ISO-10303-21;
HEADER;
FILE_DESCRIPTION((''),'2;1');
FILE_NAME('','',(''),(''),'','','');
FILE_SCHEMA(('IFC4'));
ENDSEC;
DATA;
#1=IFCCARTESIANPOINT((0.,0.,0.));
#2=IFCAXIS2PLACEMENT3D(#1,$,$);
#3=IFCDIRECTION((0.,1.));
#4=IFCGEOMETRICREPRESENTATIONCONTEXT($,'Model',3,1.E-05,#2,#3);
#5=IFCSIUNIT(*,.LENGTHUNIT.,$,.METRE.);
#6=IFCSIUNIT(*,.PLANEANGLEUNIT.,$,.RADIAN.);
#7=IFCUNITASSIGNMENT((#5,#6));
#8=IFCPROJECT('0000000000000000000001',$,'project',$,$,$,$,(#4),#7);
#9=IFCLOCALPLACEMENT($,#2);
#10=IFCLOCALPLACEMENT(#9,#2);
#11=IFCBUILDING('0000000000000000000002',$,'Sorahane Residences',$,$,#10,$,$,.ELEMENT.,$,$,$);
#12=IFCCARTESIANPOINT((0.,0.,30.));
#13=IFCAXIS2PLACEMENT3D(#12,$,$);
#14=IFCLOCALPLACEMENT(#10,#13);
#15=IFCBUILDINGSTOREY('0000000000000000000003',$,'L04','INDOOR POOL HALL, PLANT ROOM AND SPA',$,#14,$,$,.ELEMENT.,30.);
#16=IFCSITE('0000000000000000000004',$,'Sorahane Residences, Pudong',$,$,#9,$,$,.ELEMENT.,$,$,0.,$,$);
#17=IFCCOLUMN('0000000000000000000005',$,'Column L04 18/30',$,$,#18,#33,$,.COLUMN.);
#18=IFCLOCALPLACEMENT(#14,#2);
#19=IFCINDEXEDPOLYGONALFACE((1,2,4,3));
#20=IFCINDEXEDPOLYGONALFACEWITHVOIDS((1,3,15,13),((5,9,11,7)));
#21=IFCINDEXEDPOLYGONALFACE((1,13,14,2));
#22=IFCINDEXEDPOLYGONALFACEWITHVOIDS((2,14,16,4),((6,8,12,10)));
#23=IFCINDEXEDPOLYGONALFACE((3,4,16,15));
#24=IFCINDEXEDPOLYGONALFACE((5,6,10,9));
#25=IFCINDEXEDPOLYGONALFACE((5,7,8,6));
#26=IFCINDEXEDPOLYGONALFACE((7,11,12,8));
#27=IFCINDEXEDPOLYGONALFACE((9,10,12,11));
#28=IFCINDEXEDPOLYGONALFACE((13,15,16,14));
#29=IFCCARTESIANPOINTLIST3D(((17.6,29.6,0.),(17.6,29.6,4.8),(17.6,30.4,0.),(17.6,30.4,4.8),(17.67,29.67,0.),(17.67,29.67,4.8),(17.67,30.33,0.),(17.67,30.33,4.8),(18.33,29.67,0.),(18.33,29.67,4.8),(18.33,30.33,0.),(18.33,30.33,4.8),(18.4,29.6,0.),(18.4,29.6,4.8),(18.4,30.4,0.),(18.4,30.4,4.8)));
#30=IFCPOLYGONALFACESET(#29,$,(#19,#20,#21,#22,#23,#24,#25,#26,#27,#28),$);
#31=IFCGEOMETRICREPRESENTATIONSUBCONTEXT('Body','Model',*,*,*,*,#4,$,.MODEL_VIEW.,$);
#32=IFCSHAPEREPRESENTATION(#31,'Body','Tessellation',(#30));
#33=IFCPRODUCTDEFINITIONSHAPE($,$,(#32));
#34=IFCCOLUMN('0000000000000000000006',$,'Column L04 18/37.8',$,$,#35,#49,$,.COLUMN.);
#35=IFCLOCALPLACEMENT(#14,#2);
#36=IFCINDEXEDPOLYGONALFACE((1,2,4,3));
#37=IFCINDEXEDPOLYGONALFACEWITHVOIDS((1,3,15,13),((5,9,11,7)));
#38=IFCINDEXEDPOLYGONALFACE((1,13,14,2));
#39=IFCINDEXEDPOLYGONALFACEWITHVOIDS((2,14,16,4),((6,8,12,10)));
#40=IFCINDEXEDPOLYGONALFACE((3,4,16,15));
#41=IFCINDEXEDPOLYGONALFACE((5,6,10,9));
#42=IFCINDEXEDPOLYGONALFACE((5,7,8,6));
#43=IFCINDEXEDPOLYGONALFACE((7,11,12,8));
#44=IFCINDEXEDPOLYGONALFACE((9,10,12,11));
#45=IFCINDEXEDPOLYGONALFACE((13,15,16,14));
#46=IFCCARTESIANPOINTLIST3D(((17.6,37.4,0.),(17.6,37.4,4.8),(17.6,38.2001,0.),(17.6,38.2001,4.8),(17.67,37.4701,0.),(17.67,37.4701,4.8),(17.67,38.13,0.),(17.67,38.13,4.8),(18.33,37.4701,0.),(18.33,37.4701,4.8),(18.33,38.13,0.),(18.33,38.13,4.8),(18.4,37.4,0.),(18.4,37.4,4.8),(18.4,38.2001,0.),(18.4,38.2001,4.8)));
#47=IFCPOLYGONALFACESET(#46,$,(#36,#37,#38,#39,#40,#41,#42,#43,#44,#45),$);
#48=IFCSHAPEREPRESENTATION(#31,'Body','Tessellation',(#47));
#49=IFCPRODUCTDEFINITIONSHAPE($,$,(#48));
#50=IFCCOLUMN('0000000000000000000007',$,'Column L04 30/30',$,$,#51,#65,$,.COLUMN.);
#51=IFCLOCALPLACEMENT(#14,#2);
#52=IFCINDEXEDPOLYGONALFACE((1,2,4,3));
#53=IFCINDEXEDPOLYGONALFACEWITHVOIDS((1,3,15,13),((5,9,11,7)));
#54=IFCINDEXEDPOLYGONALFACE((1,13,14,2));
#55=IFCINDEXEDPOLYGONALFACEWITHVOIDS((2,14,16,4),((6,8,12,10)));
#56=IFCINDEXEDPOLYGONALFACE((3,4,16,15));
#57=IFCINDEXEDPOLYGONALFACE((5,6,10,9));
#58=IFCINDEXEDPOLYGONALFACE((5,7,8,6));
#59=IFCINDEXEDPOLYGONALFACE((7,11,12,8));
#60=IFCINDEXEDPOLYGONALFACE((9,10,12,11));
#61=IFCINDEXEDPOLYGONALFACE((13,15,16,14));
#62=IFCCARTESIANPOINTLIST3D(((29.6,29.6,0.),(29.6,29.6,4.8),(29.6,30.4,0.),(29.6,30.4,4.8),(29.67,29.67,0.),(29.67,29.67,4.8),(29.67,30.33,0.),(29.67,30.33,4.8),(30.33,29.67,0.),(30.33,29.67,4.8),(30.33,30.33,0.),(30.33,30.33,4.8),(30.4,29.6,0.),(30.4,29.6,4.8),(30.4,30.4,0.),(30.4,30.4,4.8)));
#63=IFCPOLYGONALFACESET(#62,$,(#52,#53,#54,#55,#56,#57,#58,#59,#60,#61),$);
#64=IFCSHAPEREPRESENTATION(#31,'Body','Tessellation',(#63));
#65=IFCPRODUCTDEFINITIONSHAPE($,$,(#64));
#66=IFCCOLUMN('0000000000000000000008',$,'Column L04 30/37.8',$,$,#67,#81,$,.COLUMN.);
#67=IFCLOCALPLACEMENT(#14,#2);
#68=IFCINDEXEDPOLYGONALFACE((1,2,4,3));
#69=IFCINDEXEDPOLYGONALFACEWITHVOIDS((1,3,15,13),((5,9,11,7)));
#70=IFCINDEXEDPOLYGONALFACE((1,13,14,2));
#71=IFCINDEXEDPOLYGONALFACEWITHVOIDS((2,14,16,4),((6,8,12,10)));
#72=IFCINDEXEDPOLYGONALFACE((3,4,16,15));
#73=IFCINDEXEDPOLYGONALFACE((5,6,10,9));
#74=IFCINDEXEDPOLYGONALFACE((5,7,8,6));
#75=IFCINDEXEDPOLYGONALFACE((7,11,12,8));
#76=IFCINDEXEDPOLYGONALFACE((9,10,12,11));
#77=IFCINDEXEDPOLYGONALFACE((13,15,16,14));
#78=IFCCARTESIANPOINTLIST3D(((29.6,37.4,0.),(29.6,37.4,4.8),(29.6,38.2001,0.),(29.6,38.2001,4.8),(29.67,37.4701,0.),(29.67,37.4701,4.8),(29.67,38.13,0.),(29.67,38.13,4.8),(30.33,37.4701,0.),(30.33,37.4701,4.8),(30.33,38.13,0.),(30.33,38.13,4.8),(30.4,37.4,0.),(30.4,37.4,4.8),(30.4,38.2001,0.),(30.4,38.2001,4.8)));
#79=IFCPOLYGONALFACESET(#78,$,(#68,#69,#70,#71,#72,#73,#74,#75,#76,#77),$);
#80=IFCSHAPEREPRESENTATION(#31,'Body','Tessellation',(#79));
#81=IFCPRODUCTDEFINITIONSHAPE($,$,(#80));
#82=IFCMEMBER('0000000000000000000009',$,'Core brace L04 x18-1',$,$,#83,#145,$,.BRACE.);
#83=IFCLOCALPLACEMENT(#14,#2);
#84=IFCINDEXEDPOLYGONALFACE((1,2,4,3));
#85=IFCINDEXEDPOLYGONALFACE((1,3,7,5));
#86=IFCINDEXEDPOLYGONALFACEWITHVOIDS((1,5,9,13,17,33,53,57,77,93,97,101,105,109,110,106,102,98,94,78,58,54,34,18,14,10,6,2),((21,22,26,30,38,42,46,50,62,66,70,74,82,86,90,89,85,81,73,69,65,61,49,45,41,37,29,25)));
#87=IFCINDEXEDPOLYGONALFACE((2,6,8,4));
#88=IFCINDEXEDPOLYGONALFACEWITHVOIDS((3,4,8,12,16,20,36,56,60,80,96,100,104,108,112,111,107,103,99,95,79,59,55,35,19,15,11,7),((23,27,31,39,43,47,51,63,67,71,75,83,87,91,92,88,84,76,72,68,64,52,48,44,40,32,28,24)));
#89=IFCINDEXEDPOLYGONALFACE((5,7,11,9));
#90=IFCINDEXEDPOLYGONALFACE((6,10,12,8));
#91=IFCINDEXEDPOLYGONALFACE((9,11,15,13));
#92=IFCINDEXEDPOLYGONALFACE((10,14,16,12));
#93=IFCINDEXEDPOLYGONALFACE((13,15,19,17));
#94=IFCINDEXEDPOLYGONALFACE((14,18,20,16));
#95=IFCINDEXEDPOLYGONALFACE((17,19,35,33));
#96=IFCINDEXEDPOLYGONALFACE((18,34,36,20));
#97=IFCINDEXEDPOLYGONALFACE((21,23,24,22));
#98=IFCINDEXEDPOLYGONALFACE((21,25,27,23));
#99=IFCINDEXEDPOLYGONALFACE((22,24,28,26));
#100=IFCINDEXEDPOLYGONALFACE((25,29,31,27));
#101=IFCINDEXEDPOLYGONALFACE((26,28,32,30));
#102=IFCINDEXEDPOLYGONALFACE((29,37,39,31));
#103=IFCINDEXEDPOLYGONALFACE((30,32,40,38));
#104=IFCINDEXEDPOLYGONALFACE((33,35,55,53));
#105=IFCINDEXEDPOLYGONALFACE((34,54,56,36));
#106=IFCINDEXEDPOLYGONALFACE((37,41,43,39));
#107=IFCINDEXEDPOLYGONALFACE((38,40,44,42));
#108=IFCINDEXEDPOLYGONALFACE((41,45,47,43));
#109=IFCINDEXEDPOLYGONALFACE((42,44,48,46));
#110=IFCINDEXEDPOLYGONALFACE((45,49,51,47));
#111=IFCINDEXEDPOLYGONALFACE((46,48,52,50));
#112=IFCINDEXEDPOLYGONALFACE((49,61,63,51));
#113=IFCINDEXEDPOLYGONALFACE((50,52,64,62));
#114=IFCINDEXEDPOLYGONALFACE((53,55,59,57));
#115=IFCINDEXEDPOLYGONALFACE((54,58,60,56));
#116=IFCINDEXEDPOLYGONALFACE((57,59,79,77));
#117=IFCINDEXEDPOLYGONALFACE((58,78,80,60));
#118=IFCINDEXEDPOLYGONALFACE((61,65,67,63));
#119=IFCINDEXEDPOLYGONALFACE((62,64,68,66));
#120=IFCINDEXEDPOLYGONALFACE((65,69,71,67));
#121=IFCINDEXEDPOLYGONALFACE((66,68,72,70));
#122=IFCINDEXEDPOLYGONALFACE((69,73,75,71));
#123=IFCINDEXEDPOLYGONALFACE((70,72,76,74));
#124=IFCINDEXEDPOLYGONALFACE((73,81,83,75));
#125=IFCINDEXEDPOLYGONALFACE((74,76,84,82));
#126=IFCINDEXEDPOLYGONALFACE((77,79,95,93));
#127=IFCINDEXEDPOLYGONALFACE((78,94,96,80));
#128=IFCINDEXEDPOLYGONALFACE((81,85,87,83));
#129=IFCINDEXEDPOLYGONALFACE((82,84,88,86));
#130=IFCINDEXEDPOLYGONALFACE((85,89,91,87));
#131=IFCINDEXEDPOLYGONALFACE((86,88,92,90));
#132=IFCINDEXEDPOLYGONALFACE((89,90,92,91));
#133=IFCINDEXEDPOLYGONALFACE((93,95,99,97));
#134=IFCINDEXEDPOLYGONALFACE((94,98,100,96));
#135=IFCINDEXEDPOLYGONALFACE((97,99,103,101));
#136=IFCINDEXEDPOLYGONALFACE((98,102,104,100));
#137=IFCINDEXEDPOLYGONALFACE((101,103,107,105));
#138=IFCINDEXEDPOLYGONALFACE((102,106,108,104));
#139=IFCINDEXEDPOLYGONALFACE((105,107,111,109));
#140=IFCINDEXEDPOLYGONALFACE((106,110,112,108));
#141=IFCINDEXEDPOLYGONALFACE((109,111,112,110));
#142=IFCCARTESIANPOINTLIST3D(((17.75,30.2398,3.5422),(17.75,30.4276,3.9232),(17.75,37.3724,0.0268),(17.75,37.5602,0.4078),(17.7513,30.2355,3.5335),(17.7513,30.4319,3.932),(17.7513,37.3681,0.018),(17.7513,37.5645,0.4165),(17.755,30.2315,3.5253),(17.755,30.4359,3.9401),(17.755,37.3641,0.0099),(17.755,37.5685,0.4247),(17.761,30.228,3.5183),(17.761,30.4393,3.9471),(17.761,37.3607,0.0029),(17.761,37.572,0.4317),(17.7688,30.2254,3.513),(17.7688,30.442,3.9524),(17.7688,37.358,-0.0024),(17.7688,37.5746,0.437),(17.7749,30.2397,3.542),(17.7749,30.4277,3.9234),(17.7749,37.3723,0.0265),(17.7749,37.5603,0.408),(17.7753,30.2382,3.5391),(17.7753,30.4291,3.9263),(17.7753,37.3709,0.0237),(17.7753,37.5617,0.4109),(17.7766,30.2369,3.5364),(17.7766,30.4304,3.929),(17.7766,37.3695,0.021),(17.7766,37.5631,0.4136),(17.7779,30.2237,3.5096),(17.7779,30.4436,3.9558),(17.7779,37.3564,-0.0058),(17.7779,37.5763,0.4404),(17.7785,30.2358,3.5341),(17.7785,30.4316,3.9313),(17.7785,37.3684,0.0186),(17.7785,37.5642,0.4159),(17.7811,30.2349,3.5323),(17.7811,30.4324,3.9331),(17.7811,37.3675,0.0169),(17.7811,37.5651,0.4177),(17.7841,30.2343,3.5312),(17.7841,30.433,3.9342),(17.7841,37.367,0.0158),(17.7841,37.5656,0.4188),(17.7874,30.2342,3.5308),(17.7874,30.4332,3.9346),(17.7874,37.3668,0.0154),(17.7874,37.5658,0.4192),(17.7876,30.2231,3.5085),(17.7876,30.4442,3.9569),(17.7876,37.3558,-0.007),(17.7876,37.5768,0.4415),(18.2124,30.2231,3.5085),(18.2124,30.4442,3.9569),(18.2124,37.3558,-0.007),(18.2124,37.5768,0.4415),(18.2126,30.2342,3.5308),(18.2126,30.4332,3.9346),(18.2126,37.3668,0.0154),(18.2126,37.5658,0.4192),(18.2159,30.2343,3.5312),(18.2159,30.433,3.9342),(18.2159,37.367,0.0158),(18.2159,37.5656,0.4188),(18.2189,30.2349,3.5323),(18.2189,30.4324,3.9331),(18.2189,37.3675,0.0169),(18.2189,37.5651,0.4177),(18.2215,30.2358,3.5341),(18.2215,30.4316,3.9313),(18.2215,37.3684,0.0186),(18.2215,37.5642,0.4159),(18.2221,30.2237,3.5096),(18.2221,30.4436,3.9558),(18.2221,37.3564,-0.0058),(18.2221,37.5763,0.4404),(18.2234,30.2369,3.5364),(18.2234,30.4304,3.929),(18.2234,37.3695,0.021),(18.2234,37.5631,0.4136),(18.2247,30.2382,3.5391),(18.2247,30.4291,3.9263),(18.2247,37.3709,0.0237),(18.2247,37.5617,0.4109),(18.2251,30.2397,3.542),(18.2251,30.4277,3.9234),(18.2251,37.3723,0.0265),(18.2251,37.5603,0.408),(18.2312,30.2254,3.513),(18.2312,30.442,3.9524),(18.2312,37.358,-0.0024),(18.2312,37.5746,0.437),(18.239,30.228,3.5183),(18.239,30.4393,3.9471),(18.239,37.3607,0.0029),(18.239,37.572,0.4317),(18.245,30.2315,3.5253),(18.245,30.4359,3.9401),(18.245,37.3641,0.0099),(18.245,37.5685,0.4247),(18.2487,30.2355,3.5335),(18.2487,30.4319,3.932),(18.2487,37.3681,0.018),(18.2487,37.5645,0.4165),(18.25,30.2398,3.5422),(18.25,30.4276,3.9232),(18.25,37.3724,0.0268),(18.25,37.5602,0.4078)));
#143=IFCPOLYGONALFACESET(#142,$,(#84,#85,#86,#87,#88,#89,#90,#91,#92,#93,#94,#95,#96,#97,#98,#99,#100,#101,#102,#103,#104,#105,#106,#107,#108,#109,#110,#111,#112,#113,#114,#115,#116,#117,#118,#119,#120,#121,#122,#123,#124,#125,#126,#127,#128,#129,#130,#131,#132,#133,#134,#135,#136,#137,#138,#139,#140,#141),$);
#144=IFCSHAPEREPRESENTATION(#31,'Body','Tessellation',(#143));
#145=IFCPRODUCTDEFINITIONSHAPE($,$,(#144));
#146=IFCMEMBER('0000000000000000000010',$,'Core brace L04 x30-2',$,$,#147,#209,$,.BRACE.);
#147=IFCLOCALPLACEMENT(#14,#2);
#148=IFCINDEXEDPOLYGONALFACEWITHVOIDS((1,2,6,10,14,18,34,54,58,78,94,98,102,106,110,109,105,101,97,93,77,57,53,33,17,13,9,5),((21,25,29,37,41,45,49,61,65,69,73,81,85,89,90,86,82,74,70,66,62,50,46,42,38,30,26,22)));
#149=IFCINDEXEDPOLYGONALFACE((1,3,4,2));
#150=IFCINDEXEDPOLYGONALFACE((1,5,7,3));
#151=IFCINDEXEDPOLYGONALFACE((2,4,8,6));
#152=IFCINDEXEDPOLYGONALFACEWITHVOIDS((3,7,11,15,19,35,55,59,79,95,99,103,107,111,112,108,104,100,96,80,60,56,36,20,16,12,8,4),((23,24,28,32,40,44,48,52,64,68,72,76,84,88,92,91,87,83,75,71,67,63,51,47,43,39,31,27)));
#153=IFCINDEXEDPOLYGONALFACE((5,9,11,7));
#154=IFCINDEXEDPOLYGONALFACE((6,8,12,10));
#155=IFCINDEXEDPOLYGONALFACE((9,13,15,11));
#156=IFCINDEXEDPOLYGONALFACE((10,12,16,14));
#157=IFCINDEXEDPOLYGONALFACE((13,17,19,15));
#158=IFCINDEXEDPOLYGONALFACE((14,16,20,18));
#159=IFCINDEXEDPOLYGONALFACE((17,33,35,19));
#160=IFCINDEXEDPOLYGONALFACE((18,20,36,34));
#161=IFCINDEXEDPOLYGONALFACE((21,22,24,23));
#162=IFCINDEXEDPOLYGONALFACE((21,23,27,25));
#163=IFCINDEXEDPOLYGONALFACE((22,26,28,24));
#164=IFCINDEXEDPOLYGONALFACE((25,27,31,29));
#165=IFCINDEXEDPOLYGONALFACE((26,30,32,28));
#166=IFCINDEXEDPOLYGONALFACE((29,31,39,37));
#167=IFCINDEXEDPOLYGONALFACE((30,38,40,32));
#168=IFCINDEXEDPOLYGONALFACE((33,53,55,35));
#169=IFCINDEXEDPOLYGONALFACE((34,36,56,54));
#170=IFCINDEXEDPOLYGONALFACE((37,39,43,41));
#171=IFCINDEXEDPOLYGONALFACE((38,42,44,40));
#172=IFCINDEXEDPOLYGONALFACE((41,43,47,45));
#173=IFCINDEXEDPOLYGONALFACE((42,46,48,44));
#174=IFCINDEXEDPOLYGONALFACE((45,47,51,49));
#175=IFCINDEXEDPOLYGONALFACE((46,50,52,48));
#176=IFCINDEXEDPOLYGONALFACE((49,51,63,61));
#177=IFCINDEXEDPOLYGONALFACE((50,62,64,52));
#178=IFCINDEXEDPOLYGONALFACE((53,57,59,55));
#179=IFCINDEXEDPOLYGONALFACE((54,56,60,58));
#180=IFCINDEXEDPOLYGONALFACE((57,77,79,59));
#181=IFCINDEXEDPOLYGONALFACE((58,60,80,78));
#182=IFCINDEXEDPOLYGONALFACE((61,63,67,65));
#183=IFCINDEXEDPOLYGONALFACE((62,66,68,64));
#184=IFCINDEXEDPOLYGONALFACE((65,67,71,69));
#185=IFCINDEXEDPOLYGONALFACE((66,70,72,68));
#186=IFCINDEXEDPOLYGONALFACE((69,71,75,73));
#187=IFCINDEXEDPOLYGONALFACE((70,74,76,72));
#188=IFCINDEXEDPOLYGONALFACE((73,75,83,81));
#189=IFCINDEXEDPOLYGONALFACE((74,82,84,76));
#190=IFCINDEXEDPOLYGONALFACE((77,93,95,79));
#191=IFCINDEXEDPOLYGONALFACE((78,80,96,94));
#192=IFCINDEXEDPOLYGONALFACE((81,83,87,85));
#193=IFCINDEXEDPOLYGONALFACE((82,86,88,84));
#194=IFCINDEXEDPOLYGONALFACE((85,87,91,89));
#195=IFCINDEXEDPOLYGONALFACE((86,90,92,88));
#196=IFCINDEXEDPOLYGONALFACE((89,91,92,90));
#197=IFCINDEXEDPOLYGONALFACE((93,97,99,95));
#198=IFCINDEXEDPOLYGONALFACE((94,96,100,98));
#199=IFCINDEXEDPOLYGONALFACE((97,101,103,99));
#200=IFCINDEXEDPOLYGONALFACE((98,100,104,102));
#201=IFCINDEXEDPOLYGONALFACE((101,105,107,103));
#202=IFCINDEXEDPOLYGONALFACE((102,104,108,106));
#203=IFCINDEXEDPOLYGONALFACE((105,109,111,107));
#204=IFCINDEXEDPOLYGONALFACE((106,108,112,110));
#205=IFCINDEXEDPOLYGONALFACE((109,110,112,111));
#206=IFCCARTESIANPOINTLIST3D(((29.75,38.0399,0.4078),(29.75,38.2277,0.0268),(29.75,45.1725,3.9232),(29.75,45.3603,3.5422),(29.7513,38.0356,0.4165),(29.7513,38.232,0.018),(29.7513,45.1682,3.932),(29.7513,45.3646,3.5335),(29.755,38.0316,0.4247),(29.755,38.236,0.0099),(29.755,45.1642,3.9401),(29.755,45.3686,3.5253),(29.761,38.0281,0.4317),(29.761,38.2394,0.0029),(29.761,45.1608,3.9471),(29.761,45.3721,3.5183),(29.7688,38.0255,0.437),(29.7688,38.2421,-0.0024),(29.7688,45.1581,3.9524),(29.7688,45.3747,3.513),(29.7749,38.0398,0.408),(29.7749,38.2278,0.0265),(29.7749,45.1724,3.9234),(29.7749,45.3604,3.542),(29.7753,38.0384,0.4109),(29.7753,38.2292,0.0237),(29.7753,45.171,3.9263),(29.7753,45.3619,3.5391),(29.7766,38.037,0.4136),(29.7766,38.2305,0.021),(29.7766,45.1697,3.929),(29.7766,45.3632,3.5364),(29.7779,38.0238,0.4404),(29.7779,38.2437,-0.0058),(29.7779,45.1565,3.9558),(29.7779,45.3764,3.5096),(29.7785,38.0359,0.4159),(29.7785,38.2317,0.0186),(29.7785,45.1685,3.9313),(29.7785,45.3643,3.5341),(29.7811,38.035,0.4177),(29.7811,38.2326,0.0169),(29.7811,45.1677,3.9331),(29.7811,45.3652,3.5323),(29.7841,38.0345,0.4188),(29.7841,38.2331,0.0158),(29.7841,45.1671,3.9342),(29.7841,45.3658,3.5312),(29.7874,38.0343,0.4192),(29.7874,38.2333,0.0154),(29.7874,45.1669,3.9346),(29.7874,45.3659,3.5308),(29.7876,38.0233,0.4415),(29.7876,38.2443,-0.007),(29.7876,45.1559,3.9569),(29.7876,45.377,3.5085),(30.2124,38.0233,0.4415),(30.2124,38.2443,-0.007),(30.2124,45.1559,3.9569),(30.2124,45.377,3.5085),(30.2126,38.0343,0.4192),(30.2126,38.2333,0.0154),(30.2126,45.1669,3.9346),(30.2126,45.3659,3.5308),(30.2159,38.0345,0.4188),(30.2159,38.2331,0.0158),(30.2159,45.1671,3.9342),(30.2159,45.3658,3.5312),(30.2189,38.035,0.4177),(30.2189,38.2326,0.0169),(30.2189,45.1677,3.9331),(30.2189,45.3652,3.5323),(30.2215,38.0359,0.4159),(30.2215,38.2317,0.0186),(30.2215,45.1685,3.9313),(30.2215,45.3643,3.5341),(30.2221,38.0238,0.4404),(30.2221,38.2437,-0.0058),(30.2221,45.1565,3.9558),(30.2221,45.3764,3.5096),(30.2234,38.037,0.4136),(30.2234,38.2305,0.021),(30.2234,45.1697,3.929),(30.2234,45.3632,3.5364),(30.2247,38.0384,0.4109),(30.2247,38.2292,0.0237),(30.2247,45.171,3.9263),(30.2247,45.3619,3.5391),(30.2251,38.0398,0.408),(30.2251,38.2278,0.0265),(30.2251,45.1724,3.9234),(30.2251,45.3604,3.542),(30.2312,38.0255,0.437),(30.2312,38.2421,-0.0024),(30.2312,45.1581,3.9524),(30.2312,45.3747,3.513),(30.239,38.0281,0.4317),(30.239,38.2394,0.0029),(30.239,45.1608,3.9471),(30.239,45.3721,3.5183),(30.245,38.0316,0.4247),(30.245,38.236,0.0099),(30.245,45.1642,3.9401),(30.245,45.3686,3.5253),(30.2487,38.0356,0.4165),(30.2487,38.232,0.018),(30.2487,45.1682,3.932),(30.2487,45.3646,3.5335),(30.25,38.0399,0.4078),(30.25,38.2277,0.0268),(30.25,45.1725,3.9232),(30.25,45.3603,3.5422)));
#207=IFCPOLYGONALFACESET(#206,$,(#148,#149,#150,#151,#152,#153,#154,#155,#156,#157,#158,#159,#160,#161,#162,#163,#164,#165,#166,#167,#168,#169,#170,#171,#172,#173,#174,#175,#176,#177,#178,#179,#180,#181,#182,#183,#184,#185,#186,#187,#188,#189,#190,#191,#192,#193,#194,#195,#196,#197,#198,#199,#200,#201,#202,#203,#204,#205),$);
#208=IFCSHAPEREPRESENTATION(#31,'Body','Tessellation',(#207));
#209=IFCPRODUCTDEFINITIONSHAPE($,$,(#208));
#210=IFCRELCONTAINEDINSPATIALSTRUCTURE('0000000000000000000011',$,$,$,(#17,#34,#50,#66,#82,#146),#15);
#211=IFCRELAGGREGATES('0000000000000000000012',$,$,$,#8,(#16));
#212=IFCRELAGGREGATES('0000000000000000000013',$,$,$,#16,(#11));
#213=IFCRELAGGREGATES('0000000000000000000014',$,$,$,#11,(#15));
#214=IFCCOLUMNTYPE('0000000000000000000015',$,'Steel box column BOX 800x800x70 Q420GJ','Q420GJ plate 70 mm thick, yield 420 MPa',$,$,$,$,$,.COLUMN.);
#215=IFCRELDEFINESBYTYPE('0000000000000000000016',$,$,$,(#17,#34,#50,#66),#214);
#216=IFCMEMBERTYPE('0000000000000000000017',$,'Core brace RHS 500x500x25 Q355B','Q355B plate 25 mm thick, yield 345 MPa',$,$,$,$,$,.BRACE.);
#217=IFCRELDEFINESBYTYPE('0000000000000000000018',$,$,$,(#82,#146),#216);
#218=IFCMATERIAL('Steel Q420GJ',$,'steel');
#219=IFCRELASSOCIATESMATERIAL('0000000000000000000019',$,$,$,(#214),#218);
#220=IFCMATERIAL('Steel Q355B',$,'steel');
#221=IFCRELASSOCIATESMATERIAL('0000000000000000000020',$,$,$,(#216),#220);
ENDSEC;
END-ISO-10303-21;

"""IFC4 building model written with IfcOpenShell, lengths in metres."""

from ifc_helpers import new_model, si_unit, direction, frame, origin, origin_2d, place, context, subcontext, project, spatial, hollow_rectangle, extrude, material, material_profile, profile_set, type_object, element, save


model = new_model("IFC4")

# Units and contexts
model_context = context("Model", 3, precision=1e-05, world=origin(), true_north=direction((0.0, 1.0)))
body_context = subcontext(model_context, "Body", "Model", "MODEL_VIEW")
ifc_project = project(units=[si_unit("LENGTHUNIT", "METRE"), si_unit("PLANEANGLEUNIT", "RADIAN")], contexts=[model_context])

# Site, building, storey
site_placement = place(None, origin())
site = spatial("IfcSite", under=ifc_project, at=site_placement, Name="Sorahane Residences, Pudong", CompositionType="ELEMENT", RefElevation=0.0)
building_placement = place(site_placement, origin())
building = spatial("IfcBuilding", under=site, at=building_placement, Name="Sorahane Residences", CompositionType="ELEMENT")
storey_placement = place(building_placement, frame((0.0, 0.0, 30.0)))
storey = spatial("IfcBuildingStorey", under=building, at=storey_placement, Name="L04", Description="INDOOR POOL HALL, PLANT ROOM AND SPA", CompositionType="ELEMENT", Elevation=30.0)

# Columns
ifc_material_1 = material(Name="Steel Q420GJ", Category="steel")
ifc_material_profile_1 = material_profile(ifc_material_1, hollow_rectangle(XDim=0.8, YDim=0.8, WallThickness=0.0701, at=origin_2d()), Name="BOX 800x800x70")
ifc_profile_set_1 = profile_set([ifc_material_profile_1], Name="Steel Q420GJ")
column_type = type_object("IfcColumnType", Name="Steel box column BOX 800x800x70 Q420GJ", Description="Q420GJ plate 70 mm thick, yield 420 MPa", PredefinedType="COLUMN", material=ifc_profile_set_1)
for number, where, z_axis, x_axis, name in (
    (1, (18.0, 30.0, 0.0), (0.0, 0.0, 1.0), (1.0, 0.0, 0.0), "Column L04 18/30"),
    (2, (18.0, 37.8, 0.0), (0.0, 0.0, 1.0), (1.0, 0.0, 0.0), "Column L04 18/37.8"),
    (3, (30.0, 30.0, 0.0), (0.0, 0.0, 1.0), (1.0, 0.0, 0.0), "Column L04 30/30"),
    (4, (30.0, 37.8, 0.0), (0.0, 0.0, 1.0), (1.0, 0.0, 0.0), "Column L04 30/37.8"),
):
    element("IfcColumn", number, at=place(storey_placement, frame(where, z_axis=z_axis, x_axis=x_axis)), inside=storey, type_object=column_type, Name=name, PredefinedType="COLUMN", context=body_context, shape_type="SweptSolid", body=[
        extrude(hollow_rectangle(XDim=0.8, YDim=0.8, WallThickness=0.0701, at=origin_2d()), origin(), (0.0, 0.0, 1.0), 4.8),
    ])

# Members
ifc_material_2 = material(Name="Steel Q355B", Category="steel")
ifc_material_profile_2 = material_profile(ifc_material_2, hollow_rectangle(XDim=0.5, YDim=0.5, WallThickness=0.0249, InnerFilletRadius=0.0125, OuterFilletRadius=0.0376, at=origin_2d()), Name="RHS 500x500x25")
ifc_profile_set_2 = profile_set([ifc_material_profile_2], Name="Steel Q355B")
member_type = type_object("IfcMemberType", Name="Core brace RHS 500x500x25 Q355B", Description="Q355B plate 25 mm thick, yield 345 MPa", PredefinedType="BRACE", material=ifc_profile_set_2)
for number, where, z_axis, x_axis, name in (
    (5, (18.0, 37.4663, 0.2173), (0.0, -0.896973, 0.442085), (1.0, 0.0, 0.0), "Core brace L04 x18-1"),
    (6, (30.0, 38.1338, 0.2173), (0.0, 0.896973, 0.442085), (-1.0, 0.0, 0.0), "Core brace L04 x30-2"),
):
    element("IfcMember", number, at=place(storey_placement, frame(where, z_axis=z_axis, x_axis=x_axis)), inside=storey, type_object=member_type, Name=name, PredefinedType="BRACE", context=body_context, shape_type="SweptSolid", body=[
        extrude(hollow_rectangle(XDim=0.5, YDim=0.5, WallThickness=0.0249, InnerFilletRadius=0.0125, OuterFilletRadius=0.0376, at=origin_2d()), origin(), (0.0, 0.0, 1.0), 7.9519),
    ])

save(model, "model.ifc")
